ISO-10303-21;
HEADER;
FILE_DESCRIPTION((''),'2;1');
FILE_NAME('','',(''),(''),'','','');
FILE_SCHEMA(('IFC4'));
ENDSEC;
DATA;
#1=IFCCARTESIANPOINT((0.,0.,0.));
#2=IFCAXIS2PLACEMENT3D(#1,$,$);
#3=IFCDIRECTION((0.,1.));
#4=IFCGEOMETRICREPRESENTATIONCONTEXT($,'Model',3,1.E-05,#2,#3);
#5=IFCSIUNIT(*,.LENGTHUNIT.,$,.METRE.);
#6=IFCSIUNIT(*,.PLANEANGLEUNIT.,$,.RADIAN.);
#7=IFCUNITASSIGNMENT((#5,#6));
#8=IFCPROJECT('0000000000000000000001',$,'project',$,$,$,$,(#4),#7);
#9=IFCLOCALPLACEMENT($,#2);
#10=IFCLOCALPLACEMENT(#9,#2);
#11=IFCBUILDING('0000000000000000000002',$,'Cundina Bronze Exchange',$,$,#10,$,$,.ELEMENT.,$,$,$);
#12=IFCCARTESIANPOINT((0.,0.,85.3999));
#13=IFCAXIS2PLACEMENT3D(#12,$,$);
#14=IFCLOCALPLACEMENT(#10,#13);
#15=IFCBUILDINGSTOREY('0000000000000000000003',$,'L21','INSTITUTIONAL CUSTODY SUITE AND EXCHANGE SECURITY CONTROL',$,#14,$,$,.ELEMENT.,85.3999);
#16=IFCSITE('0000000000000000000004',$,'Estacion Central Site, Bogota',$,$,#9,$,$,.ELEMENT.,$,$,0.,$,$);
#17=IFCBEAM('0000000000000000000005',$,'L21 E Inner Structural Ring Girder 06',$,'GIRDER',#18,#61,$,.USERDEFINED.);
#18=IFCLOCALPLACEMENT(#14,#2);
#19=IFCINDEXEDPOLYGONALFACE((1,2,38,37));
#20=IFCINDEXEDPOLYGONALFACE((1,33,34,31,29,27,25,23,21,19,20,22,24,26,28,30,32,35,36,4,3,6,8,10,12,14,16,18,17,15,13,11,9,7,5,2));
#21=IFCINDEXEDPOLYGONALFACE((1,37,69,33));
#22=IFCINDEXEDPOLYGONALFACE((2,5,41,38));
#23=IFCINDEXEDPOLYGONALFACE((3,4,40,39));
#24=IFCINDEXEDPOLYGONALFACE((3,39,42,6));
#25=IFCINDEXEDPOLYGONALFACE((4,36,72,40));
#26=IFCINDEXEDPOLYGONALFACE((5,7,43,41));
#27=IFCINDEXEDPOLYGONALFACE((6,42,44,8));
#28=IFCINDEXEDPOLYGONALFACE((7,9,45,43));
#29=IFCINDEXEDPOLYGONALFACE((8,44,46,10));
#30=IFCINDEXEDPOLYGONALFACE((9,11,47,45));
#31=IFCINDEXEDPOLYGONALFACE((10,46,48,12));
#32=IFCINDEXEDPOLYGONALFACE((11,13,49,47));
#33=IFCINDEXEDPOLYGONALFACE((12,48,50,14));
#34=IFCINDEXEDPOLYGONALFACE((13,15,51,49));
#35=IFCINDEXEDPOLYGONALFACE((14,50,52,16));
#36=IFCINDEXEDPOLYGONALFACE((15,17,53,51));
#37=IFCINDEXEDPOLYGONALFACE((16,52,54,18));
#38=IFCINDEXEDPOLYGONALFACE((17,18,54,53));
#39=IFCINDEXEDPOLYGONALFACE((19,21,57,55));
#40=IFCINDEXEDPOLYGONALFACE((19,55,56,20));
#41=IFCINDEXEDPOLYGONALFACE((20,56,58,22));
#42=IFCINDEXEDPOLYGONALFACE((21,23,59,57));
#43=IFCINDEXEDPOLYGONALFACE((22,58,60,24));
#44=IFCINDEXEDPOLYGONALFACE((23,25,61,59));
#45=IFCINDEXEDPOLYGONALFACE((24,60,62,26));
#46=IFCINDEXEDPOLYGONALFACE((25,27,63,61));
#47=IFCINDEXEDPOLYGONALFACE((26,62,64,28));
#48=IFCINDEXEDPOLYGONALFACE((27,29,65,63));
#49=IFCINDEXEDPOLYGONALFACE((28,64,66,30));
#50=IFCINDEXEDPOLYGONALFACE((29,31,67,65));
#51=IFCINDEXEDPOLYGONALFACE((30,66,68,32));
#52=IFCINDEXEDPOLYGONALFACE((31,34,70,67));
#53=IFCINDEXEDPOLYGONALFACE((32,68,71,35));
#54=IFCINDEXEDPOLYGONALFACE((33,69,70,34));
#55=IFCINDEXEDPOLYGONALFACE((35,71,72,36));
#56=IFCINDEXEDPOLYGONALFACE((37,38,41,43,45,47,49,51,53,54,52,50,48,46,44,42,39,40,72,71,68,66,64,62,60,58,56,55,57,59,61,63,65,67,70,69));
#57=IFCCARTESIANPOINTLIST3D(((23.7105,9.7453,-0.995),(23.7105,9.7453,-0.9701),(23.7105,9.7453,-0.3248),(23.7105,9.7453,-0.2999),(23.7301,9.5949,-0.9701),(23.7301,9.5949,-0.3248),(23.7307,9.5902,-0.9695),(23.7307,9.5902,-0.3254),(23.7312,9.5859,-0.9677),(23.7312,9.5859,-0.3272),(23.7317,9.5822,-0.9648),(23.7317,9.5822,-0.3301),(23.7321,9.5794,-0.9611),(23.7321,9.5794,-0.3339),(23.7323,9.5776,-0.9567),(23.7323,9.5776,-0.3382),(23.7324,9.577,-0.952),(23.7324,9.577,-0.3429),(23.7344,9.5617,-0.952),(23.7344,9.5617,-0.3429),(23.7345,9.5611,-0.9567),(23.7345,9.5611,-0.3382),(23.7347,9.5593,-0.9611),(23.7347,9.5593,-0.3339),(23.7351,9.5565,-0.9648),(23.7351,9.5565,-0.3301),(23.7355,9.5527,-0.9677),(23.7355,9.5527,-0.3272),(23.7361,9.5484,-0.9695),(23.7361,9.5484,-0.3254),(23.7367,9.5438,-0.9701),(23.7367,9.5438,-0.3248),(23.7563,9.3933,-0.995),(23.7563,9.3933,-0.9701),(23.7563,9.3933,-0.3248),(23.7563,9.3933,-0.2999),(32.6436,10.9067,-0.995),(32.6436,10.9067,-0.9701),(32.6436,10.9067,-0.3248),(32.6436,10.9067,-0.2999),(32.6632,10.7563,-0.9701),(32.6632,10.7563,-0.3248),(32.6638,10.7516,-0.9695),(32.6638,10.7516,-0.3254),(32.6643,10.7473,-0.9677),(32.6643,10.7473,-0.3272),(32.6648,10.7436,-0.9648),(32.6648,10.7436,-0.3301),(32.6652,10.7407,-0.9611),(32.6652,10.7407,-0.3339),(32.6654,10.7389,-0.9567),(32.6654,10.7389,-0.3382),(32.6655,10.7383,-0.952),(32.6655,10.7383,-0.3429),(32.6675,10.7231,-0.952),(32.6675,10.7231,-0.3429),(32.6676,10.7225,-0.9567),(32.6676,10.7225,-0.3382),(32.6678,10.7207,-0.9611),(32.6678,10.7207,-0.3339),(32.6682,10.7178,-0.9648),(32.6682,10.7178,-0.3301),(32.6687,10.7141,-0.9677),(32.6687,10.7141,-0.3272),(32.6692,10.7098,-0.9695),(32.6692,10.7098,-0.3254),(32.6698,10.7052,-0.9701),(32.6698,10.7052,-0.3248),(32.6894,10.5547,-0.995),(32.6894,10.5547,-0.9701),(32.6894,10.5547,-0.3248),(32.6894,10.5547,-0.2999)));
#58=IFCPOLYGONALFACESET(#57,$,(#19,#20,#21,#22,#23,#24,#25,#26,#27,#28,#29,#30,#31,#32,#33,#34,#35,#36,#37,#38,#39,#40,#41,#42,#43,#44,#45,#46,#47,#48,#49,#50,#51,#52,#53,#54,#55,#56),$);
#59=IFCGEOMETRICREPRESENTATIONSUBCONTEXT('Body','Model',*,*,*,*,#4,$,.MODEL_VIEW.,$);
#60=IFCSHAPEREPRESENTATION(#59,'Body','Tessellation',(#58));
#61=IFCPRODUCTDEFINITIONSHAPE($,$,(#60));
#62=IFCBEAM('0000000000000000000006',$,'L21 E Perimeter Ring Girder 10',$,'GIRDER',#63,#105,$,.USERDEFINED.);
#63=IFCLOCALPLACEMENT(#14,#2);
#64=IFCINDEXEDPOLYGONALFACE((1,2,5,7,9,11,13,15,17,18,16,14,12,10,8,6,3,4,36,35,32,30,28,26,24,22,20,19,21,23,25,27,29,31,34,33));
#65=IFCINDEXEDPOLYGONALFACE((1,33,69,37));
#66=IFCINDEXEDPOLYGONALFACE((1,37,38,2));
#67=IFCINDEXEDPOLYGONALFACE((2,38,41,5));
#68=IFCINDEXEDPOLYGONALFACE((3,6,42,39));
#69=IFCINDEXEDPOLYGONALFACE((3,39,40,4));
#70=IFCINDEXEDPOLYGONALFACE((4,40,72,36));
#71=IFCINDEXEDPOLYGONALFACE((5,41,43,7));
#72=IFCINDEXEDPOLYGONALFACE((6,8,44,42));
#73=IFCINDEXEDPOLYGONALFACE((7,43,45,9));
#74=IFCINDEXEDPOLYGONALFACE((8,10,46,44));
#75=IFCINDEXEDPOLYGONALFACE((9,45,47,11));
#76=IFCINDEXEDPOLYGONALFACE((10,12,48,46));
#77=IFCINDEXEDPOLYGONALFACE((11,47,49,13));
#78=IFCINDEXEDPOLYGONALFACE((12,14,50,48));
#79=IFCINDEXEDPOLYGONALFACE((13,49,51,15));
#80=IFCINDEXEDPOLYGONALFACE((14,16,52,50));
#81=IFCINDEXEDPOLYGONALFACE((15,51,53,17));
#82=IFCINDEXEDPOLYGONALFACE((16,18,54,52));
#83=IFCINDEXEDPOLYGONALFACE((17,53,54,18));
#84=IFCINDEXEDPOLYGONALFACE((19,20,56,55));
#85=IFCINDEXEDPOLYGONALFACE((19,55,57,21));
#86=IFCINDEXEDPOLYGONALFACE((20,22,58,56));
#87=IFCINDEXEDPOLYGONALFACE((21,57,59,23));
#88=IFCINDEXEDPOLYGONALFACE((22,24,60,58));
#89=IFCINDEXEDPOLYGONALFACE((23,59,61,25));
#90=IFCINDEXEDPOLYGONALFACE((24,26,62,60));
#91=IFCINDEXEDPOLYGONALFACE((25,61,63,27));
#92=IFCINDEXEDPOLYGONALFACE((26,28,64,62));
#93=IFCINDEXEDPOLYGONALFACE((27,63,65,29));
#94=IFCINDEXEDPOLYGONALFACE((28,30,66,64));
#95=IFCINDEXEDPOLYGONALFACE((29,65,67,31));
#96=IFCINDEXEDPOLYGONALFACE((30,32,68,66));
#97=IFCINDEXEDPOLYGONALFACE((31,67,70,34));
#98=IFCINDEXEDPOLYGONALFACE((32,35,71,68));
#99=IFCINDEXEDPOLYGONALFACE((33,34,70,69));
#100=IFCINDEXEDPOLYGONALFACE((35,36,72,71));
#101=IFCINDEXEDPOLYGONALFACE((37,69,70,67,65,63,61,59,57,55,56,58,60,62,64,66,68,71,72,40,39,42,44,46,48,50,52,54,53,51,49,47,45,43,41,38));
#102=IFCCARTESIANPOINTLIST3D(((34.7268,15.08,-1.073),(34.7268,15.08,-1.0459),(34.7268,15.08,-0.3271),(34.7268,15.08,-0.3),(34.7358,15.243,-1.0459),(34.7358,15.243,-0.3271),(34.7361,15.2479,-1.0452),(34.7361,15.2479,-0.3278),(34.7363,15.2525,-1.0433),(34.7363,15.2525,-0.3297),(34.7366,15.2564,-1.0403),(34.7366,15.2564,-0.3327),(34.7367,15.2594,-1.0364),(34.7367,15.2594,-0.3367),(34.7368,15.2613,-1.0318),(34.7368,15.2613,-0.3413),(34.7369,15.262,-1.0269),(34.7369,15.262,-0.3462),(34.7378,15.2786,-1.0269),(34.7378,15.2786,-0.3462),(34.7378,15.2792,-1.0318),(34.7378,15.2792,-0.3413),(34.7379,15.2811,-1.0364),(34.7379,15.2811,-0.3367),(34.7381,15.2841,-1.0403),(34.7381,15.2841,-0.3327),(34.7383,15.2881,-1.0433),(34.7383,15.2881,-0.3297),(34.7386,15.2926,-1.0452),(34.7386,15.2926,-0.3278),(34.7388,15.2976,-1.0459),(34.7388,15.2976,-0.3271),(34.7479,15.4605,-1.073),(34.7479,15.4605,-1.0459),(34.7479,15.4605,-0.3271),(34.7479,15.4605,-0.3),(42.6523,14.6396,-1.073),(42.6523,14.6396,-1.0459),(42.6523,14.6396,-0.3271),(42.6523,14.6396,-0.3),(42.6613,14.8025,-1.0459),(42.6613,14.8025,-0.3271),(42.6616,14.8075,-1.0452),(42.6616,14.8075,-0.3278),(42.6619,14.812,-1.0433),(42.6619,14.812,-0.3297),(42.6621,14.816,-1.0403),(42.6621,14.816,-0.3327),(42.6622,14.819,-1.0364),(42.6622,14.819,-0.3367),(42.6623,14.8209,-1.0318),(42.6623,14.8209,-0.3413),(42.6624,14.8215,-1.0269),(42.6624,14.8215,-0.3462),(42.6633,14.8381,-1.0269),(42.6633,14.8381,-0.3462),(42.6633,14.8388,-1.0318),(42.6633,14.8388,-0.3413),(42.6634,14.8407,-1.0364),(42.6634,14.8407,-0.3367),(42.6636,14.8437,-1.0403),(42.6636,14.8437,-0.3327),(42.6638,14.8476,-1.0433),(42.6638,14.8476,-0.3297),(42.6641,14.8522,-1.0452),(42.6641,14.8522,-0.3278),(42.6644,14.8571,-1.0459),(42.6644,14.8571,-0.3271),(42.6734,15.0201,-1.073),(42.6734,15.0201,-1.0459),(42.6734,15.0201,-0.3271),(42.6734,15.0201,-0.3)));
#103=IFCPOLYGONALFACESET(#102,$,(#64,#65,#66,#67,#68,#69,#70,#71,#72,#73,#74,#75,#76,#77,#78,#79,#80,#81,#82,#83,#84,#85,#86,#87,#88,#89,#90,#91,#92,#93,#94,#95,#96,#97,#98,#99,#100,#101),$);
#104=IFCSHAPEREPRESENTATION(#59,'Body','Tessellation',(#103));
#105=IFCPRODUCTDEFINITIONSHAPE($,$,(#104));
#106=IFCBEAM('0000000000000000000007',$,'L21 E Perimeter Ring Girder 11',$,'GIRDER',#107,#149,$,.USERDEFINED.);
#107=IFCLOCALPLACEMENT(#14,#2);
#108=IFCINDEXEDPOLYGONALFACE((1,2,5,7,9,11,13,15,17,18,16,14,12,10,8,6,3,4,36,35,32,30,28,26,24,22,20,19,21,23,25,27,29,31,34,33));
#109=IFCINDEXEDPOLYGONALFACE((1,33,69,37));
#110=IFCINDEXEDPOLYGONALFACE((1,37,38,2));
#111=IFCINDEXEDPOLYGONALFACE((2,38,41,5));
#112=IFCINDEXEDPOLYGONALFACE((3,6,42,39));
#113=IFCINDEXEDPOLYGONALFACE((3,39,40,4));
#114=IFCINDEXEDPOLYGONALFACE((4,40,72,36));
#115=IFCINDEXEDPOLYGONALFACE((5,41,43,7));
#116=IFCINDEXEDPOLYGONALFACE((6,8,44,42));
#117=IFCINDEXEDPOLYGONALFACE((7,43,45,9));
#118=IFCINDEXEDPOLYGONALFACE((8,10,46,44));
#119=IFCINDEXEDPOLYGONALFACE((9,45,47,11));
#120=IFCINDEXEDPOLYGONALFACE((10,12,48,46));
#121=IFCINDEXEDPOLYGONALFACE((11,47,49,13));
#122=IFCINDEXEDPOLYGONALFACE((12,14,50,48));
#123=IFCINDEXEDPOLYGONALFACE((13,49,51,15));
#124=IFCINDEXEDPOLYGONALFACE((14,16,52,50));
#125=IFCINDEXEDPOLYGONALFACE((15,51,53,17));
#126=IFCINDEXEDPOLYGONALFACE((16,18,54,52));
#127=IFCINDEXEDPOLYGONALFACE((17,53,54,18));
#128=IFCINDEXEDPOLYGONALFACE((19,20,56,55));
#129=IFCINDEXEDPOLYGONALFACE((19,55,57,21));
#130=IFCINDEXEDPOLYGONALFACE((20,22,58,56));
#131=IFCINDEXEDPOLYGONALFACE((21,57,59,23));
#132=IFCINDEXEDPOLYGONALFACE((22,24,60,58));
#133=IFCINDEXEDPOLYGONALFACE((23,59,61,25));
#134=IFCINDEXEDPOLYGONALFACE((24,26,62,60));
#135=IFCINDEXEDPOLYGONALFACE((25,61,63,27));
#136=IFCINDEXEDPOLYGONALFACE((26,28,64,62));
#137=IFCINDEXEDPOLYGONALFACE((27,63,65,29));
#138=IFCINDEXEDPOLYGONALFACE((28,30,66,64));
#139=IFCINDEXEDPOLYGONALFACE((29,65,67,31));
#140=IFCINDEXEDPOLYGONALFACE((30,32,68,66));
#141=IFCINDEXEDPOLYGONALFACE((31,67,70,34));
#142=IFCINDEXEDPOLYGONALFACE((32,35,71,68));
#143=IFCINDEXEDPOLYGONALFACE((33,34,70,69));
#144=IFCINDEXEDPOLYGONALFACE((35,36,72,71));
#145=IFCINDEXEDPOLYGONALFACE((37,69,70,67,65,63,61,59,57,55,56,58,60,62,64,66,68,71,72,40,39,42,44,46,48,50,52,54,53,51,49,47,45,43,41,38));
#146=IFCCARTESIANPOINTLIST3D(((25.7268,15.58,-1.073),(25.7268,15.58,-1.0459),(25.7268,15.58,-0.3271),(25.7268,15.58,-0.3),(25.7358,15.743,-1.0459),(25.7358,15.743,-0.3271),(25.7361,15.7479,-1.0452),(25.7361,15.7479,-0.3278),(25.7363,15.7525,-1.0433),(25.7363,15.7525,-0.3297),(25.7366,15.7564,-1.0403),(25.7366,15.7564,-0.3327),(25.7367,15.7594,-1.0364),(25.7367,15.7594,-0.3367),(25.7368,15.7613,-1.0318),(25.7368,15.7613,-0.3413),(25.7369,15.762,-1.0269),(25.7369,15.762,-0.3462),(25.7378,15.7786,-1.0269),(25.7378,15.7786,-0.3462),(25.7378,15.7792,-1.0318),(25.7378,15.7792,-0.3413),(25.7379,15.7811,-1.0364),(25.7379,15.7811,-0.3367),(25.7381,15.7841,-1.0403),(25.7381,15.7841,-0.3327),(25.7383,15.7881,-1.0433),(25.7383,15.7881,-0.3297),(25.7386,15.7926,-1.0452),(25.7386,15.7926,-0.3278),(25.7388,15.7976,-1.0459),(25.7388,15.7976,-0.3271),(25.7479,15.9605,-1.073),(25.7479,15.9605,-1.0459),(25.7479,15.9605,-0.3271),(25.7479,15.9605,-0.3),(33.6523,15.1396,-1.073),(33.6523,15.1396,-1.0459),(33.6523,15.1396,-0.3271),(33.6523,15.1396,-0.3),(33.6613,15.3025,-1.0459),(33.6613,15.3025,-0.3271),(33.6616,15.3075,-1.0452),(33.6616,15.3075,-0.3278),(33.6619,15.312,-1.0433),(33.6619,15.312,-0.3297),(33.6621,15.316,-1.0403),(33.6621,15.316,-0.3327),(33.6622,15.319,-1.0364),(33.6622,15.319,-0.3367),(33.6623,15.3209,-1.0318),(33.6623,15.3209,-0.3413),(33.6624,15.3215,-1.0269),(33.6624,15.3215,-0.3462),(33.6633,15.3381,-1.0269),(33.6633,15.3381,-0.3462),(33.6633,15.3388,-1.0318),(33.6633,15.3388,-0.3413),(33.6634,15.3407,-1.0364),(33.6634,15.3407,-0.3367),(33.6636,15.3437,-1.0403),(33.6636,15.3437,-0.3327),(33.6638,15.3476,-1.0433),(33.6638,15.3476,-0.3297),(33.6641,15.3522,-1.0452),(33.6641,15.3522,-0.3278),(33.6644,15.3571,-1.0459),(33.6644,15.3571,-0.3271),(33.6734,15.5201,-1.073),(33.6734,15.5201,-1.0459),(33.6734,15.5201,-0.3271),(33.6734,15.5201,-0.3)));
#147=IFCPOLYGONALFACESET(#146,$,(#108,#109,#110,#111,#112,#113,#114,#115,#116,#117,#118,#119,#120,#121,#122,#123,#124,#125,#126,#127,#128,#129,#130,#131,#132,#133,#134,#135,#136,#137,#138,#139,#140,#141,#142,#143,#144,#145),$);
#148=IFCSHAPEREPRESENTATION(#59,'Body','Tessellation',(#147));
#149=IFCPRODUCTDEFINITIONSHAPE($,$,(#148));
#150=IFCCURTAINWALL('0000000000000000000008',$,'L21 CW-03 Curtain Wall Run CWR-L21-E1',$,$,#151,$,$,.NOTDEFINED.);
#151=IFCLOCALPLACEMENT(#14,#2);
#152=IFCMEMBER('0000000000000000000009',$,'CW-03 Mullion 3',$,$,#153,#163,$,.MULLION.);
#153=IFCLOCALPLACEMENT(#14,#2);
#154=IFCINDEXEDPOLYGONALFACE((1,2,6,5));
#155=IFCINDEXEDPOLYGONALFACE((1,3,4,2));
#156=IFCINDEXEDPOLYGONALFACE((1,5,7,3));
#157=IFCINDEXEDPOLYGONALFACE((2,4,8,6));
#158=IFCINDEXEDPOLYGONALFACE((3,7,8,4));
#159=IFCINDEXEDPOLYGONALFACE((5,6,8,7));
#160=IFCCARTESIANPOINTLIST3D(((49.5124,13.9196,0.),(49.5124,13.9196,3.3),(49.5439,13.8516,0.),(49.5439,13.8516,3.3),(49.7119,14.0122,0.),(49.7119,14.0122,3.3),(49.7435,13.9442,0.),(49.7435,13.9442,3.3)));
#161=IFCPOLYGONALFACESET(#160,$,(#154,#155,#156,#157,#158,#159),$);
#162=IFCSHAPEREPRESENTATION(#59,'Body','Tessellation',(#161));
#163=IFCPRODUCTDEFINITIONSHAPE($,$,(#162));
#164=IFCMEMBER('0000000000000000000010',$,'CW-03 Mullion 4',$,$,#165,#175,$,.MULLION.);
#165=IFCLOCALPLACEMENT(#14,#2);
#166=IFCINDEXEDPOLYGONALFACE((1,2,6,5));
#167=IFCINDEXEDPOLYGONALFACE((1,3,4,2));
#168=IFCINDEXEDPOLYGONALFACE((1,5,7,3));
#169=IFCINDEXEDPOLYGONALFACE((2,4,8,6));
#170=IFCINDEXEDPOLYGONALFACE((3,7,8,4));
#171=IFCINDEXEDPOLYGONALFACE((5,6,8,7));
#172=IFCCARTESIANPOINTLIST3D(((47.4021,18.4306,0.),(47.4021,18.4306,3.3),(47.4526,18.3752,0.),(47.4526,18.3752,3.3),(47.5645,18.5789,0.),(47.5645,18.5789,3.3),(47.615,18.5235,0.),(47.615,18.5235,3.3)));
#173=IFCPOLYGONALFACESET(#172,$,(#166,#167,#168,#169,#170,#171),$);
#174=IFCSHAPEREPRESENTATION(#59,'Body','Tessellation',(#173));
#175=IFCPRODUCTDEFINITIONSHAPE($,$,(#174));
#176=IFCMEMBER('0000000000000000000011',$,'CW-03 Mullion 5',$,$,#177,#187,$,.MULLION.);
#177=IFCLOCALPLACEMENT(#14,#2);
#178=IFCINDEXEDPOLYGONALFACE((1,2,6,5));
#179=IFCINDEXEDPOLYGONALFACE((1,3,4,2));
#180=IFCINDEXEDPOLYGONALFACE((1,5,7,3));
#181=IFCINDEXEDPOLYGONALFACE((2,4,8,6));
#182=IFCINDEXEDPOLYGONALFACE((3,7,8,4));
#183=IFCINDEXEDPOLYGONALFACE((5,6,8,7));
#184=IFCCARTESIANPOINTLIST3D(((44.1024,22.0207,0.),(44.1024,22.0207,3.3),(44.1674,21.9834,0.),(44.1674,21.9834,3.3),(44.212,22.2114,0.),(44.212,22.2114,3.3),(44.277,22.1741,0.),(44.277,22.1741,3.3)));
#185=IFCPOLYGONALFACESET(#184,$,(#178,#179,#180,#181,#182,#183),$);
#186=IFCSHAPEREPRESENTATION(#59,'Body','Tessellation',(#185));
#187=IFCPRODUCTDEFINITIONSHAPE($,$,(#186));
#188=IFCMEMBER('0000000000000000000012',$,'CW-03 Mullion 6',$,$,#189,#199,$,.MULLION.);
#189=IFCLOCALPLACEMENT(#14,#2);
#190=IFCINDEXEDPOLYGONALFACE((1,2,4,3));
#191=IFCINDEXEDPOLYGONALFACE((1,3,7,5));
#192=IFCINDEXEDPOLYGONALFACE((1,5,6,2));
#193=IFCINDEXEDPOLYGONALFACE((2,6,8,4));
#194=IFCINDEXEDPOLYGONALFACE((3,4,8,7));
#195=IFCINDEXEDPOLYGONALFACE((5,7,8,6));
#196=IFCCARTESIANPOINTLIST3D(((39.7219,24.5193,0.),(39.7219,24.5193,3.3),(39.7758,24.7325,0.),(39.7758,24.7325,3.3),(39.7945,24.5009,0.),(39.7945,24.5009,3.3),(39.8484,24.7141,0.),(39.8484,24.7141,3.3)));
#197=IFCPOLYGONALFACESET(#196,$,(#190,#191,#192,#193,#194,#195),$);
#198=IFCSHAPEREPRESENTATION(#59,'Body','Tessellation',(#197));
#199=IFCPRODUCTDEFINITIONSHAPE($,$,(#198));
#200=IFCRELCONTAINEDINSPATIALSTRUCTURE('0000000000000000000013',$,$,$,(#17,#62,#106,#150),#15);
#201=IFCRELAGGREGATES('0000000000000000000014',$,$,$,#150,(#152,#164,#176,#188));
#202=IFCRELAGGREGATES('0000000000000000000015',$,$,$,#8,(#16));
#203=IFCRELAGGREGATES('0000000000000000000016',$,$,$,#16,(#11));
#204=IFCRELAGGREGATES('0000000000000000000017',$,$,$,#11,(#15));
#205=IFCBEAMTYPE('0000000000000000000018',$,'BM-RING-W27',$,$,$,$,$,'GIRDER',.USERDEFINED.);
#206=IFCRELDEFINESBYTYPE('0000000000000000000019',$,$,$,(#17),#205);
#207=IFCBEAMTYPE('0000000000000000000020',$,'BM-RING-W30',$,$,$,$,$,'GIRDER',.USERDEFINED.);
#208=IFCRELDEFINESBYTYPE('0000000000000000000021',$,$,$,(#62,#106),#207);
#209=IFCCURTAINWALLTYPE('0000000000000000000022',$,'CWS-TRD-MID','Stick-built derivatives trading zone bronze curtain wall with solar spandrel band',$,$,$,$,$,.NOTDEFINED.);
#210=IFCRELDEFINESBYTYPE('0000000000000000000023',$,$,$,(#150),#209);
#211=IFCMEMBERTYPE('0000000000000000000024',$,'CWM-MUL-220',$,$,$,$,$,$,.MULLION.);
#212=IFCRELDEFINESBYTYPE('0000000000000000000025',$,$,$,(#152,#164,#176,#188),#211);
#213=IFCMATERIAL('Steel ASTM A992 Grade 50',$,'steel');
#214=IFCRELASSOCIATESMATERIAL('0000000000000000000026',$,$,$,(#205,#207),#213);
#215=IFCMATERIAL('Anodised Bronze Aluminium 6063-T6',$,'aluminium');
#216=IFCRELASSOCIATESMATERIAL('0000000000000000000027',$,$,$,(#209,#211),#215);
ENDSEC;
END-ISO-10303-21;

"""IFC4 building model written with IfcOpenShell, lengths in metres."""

from ifc_helpers import new_model, si_unit, direction, frame, origin, origin_2d, place, context, subcontext, project, spatial, rectangle, i_section, extrude, material, material_profile, profile_set, type_object, element, aggregate, save


model = new_model("IFC4")

# Units and contexts
model_context = context("Model", 3, precision=1e-05, world=origin(), true_north=direction((0.0, 1.0)))
body_context = subcontext(model_context, "Body", "Model", "MODEL_VIEW")
ifc_project = project(units=[si_unit("LENGTHUNIT", "METRE"), si_unit("PLANEANGLEUNIT", "RADIAN")], contexts=[model_context])

# Site, building, storey
site_placement = place(None, origin())
site = spatial("IfcSite", under=ifc_project, at=site_placement, Name="Estacion Central Site, Bogota", CompositionType="ELEMENT", RefElevation=0.0)
building_placement = place(site_placement, origin())
building = spatial("IfcBuilding", under=site, at=building_placement, Name="Cundina Bronze Exchange", CompositionType="ELEMENT")
storey_placement = place(building_placement, frame((0.0, 0.0, 85.3999)))
storey = spatial("IfcBuildingStorey", under=building, at=storey_placement, Name="L21", Description="INSTITUTIONAL CUSTODY SUITE AND EXCHANGE SECURITY CONTROL", CompositionType="ELEMENT", Elevation=85.3999)

# Beams
ifc_material_1 = material(Name="Steel ASTM A992 Grade 50", Category="steel")
ifc_material_profile_1 = material_profile(ifc_material_1, i_section(OverallWidth=0.355, OverallDepth=0.6951, WebThickness=0.0154, FlangeThickness=0.0249, FilletRadius=0.0181, at=origin_2d()), Name="W27X146", Category="steel")
ifc_profile_set_1 = profile_set([ifc_material_profile_1], Name="Steel ASTM A992 Grade 50")
beam_type_1 = type_object("IfcBeamType", Name="BM-RING-W27", ElementType="GIRDER", PredefinedType="USERDEFINED", material=ifc_profile_set_1)
beam_1_placement = place(storey_placement, frame((32.6665, 10.7307, -0.6475), z_axis=(-0.991655, -0.128923, 0.0), x_axis=(0.128923, -0.991655, 0.0)))
element("IfcBeam", 1, at=beam_1_placement, inside=storey, type_object=beam_type_1, Name="L21 E Inner Structural Ring Girder 06", ObjectType="GIRDER", PredefinedType="USERDEFINED", context=body_context, shape_type="SweptSolid", body=[
    extrude(i_section(OverallWidth=0.355, OverallDepth=0.6951, WebThickness=0.0154, FlangeThickness=0.0249, FilletRadius=0.0181, at=origin_2d()), origin(), (0.0, 0.0, 1.0), 9.0083),
])
ifc_material_profile_2 = material_profile(ifc_material_1, i_section(OverallWidth=0.3811, OverallDepth=0.7729, WebThickness=0.0166, FlangeThickness=0.0271, FilletRadius=0.019, at=origin_2d()), Name="W30X173", Category="steel")
ifc_profile_set_2 = profile_set([ifc_material_profile_2], Name="Steel ASTM A992 Grade 50")
beam_type_2 = type_object("IfcBeamType", Name="BM-RING-W30", ElementType="GIRDER", PredefinedType="USERDEFINED", material=ifc_profile_set_2)
for number, where, z_axis, x_axis, name in (
    (2, (42.6628, 14.8298, -0.6865), (-0.99846, 0.055485, 0.0), (-0.055485, -0.99846, 0.0), "L21 E Perimeter Ring Girder 10"),
    (3, (33.6628, 15.3298, -0.6865), (-0.99846, 0.055485, 0.0), (-0.055485, -0.99846, 0.0), "L21 E Perimeter Ring Girder 11"),
):
    element("IfcBeam", number, at=place(storey_placement, frame(where, z_axis=z_axis, x_axis=x_axis)), inside=storey, type_object=beam_type_2, Name=name, ObjectType="GIRDER", PredefinedType="USERDEFINED", context=body_context, shape_type="SweptSolid", body=[
        extrude(i_section(OverallWidth=0.3811, OverallDepth=0.7729, WebThickness=0.0166, FlangeThickness=0.0271, FilletRadius=0.019, at=origin_2d()), origin(), (0.0, 0.0, 1.0), 7.9377),
    ])

# Curtain wall, members
ifc_material_2 = material(Name="Anodised Bronze Aluminium 6063-T6", Category="aluminium")
curtain_wall_type = type_object("IfcCurtainWallType", Name="CWS-TRD-MID", Description="Stick-built derivatives trading zone bronze curtain wall with solar spandrel band", PredefinedType="NOTDEFINED", material=ifc_material_2)
curtain_wall_placement = place(storey_placement, origin())
curtain_wall = element("IfcCurtainWall", 4, at=curtain_wall_placement, inside=storey, type_object=curtain_wall_type, Name="L21 CW-03 Curtain Wall Run CWR-L21-E1", PredefinedType="NOTDEFINED")
ifc_material_profile_3 = material_profile(ifc_material_2, rectangle(XDim=0.075, YDim=0.22, at=origin_2d()), Name="AL75X220", Category="aluminium")
ifc_profile_set_3 = profile_set([ifc_material_profile_3], Name="Anodised Bronze Aluminium 6063-T6")
member_type_1 = type_object("IfcMemberType", Name="CWM-MUL-220", PredefinedType="MULLION", material=ifc_profile_set_3)
member_1_placement = place(storey_placement, frame((49.6279, 13.9319, 0.0), z_axis=(0.0, 0.0, 1.0), x_axis=(-0.420877, 0.907117, 0.0)))
member_1 = element("IfcMember", 5, at=member_1_placement, type_object=member_type_1, Name="CW-03 Mullion 3", PredefinedType="MULLION", context=body_context, shape_type="SweptSolid", body=[
    extrude(rectangle(XDim=0.075, YDim=0.22, at=origin_2d()), origin(), (0.0, 0.0, 1.0), 3.3),
])
member_2_placement = place(storey_placement, frame((47.5085, 18.4771, 0.0), z_axis=(0.0, 0.0, 1.0), x_axis=(-0.674302, 0.738455, 0.0)))
member_2 = element("IfcMember", 6, at=member_2_placement, type_object=member_type_1, Name="CW-03 Mullion 4", PredefinedType="MULLION", context=body_context, shape_type="SweptSolid", body=[
    extrude(rectangle(XDim=0.075, YDim=0.22, at=origin_2d()), origin(), (0.0, 0.0, 1.0), 3.3),
])
member_3_placement = place(storey_placement, frame((44.1897, 22.0974, 0.0), z_axis=(0.0, 0.0, 1.0), x_axis=(-0.867071, 0.498185, 0.0)))
member_3 = element("IfcMember", 7, at=member_3_placement, type_object=member_type_1, Name="CW-03 Mullion 5", PredefinedType="MULLION", context=body_context, shape_type="SweptSolid", body=[
    extrude(rectangle(XDim=0.075, YDim=0.22, at=origin_2d()), origin(), (0.0, 0.0, 1.0), 3.3),
])
member_4_placement = place(storey_placement, frame((39.7852, 24.6167, 0.0), z_axis=(0.0, 0.0, 1.0), x_axis=(-0.969488, 0.245138, 0.0)))
member_4 = element("IfcMember", 8, at=member_4_placement, type_object=member_type_1, Name="CW-03 Mullion 6", PredefinedType="MULLION", context=body_context, shape_type="SweptSolid", body=[
    extrude(rectangle(XDim=0.075, YDim=0.22, at=origin_2d()), origin(), (0.0, 0.0, 1.0), 3.3),
])
aggregate(curtain_wall, [member_1, member_2, member_3, member_4])

save(model, "model.ifc")
